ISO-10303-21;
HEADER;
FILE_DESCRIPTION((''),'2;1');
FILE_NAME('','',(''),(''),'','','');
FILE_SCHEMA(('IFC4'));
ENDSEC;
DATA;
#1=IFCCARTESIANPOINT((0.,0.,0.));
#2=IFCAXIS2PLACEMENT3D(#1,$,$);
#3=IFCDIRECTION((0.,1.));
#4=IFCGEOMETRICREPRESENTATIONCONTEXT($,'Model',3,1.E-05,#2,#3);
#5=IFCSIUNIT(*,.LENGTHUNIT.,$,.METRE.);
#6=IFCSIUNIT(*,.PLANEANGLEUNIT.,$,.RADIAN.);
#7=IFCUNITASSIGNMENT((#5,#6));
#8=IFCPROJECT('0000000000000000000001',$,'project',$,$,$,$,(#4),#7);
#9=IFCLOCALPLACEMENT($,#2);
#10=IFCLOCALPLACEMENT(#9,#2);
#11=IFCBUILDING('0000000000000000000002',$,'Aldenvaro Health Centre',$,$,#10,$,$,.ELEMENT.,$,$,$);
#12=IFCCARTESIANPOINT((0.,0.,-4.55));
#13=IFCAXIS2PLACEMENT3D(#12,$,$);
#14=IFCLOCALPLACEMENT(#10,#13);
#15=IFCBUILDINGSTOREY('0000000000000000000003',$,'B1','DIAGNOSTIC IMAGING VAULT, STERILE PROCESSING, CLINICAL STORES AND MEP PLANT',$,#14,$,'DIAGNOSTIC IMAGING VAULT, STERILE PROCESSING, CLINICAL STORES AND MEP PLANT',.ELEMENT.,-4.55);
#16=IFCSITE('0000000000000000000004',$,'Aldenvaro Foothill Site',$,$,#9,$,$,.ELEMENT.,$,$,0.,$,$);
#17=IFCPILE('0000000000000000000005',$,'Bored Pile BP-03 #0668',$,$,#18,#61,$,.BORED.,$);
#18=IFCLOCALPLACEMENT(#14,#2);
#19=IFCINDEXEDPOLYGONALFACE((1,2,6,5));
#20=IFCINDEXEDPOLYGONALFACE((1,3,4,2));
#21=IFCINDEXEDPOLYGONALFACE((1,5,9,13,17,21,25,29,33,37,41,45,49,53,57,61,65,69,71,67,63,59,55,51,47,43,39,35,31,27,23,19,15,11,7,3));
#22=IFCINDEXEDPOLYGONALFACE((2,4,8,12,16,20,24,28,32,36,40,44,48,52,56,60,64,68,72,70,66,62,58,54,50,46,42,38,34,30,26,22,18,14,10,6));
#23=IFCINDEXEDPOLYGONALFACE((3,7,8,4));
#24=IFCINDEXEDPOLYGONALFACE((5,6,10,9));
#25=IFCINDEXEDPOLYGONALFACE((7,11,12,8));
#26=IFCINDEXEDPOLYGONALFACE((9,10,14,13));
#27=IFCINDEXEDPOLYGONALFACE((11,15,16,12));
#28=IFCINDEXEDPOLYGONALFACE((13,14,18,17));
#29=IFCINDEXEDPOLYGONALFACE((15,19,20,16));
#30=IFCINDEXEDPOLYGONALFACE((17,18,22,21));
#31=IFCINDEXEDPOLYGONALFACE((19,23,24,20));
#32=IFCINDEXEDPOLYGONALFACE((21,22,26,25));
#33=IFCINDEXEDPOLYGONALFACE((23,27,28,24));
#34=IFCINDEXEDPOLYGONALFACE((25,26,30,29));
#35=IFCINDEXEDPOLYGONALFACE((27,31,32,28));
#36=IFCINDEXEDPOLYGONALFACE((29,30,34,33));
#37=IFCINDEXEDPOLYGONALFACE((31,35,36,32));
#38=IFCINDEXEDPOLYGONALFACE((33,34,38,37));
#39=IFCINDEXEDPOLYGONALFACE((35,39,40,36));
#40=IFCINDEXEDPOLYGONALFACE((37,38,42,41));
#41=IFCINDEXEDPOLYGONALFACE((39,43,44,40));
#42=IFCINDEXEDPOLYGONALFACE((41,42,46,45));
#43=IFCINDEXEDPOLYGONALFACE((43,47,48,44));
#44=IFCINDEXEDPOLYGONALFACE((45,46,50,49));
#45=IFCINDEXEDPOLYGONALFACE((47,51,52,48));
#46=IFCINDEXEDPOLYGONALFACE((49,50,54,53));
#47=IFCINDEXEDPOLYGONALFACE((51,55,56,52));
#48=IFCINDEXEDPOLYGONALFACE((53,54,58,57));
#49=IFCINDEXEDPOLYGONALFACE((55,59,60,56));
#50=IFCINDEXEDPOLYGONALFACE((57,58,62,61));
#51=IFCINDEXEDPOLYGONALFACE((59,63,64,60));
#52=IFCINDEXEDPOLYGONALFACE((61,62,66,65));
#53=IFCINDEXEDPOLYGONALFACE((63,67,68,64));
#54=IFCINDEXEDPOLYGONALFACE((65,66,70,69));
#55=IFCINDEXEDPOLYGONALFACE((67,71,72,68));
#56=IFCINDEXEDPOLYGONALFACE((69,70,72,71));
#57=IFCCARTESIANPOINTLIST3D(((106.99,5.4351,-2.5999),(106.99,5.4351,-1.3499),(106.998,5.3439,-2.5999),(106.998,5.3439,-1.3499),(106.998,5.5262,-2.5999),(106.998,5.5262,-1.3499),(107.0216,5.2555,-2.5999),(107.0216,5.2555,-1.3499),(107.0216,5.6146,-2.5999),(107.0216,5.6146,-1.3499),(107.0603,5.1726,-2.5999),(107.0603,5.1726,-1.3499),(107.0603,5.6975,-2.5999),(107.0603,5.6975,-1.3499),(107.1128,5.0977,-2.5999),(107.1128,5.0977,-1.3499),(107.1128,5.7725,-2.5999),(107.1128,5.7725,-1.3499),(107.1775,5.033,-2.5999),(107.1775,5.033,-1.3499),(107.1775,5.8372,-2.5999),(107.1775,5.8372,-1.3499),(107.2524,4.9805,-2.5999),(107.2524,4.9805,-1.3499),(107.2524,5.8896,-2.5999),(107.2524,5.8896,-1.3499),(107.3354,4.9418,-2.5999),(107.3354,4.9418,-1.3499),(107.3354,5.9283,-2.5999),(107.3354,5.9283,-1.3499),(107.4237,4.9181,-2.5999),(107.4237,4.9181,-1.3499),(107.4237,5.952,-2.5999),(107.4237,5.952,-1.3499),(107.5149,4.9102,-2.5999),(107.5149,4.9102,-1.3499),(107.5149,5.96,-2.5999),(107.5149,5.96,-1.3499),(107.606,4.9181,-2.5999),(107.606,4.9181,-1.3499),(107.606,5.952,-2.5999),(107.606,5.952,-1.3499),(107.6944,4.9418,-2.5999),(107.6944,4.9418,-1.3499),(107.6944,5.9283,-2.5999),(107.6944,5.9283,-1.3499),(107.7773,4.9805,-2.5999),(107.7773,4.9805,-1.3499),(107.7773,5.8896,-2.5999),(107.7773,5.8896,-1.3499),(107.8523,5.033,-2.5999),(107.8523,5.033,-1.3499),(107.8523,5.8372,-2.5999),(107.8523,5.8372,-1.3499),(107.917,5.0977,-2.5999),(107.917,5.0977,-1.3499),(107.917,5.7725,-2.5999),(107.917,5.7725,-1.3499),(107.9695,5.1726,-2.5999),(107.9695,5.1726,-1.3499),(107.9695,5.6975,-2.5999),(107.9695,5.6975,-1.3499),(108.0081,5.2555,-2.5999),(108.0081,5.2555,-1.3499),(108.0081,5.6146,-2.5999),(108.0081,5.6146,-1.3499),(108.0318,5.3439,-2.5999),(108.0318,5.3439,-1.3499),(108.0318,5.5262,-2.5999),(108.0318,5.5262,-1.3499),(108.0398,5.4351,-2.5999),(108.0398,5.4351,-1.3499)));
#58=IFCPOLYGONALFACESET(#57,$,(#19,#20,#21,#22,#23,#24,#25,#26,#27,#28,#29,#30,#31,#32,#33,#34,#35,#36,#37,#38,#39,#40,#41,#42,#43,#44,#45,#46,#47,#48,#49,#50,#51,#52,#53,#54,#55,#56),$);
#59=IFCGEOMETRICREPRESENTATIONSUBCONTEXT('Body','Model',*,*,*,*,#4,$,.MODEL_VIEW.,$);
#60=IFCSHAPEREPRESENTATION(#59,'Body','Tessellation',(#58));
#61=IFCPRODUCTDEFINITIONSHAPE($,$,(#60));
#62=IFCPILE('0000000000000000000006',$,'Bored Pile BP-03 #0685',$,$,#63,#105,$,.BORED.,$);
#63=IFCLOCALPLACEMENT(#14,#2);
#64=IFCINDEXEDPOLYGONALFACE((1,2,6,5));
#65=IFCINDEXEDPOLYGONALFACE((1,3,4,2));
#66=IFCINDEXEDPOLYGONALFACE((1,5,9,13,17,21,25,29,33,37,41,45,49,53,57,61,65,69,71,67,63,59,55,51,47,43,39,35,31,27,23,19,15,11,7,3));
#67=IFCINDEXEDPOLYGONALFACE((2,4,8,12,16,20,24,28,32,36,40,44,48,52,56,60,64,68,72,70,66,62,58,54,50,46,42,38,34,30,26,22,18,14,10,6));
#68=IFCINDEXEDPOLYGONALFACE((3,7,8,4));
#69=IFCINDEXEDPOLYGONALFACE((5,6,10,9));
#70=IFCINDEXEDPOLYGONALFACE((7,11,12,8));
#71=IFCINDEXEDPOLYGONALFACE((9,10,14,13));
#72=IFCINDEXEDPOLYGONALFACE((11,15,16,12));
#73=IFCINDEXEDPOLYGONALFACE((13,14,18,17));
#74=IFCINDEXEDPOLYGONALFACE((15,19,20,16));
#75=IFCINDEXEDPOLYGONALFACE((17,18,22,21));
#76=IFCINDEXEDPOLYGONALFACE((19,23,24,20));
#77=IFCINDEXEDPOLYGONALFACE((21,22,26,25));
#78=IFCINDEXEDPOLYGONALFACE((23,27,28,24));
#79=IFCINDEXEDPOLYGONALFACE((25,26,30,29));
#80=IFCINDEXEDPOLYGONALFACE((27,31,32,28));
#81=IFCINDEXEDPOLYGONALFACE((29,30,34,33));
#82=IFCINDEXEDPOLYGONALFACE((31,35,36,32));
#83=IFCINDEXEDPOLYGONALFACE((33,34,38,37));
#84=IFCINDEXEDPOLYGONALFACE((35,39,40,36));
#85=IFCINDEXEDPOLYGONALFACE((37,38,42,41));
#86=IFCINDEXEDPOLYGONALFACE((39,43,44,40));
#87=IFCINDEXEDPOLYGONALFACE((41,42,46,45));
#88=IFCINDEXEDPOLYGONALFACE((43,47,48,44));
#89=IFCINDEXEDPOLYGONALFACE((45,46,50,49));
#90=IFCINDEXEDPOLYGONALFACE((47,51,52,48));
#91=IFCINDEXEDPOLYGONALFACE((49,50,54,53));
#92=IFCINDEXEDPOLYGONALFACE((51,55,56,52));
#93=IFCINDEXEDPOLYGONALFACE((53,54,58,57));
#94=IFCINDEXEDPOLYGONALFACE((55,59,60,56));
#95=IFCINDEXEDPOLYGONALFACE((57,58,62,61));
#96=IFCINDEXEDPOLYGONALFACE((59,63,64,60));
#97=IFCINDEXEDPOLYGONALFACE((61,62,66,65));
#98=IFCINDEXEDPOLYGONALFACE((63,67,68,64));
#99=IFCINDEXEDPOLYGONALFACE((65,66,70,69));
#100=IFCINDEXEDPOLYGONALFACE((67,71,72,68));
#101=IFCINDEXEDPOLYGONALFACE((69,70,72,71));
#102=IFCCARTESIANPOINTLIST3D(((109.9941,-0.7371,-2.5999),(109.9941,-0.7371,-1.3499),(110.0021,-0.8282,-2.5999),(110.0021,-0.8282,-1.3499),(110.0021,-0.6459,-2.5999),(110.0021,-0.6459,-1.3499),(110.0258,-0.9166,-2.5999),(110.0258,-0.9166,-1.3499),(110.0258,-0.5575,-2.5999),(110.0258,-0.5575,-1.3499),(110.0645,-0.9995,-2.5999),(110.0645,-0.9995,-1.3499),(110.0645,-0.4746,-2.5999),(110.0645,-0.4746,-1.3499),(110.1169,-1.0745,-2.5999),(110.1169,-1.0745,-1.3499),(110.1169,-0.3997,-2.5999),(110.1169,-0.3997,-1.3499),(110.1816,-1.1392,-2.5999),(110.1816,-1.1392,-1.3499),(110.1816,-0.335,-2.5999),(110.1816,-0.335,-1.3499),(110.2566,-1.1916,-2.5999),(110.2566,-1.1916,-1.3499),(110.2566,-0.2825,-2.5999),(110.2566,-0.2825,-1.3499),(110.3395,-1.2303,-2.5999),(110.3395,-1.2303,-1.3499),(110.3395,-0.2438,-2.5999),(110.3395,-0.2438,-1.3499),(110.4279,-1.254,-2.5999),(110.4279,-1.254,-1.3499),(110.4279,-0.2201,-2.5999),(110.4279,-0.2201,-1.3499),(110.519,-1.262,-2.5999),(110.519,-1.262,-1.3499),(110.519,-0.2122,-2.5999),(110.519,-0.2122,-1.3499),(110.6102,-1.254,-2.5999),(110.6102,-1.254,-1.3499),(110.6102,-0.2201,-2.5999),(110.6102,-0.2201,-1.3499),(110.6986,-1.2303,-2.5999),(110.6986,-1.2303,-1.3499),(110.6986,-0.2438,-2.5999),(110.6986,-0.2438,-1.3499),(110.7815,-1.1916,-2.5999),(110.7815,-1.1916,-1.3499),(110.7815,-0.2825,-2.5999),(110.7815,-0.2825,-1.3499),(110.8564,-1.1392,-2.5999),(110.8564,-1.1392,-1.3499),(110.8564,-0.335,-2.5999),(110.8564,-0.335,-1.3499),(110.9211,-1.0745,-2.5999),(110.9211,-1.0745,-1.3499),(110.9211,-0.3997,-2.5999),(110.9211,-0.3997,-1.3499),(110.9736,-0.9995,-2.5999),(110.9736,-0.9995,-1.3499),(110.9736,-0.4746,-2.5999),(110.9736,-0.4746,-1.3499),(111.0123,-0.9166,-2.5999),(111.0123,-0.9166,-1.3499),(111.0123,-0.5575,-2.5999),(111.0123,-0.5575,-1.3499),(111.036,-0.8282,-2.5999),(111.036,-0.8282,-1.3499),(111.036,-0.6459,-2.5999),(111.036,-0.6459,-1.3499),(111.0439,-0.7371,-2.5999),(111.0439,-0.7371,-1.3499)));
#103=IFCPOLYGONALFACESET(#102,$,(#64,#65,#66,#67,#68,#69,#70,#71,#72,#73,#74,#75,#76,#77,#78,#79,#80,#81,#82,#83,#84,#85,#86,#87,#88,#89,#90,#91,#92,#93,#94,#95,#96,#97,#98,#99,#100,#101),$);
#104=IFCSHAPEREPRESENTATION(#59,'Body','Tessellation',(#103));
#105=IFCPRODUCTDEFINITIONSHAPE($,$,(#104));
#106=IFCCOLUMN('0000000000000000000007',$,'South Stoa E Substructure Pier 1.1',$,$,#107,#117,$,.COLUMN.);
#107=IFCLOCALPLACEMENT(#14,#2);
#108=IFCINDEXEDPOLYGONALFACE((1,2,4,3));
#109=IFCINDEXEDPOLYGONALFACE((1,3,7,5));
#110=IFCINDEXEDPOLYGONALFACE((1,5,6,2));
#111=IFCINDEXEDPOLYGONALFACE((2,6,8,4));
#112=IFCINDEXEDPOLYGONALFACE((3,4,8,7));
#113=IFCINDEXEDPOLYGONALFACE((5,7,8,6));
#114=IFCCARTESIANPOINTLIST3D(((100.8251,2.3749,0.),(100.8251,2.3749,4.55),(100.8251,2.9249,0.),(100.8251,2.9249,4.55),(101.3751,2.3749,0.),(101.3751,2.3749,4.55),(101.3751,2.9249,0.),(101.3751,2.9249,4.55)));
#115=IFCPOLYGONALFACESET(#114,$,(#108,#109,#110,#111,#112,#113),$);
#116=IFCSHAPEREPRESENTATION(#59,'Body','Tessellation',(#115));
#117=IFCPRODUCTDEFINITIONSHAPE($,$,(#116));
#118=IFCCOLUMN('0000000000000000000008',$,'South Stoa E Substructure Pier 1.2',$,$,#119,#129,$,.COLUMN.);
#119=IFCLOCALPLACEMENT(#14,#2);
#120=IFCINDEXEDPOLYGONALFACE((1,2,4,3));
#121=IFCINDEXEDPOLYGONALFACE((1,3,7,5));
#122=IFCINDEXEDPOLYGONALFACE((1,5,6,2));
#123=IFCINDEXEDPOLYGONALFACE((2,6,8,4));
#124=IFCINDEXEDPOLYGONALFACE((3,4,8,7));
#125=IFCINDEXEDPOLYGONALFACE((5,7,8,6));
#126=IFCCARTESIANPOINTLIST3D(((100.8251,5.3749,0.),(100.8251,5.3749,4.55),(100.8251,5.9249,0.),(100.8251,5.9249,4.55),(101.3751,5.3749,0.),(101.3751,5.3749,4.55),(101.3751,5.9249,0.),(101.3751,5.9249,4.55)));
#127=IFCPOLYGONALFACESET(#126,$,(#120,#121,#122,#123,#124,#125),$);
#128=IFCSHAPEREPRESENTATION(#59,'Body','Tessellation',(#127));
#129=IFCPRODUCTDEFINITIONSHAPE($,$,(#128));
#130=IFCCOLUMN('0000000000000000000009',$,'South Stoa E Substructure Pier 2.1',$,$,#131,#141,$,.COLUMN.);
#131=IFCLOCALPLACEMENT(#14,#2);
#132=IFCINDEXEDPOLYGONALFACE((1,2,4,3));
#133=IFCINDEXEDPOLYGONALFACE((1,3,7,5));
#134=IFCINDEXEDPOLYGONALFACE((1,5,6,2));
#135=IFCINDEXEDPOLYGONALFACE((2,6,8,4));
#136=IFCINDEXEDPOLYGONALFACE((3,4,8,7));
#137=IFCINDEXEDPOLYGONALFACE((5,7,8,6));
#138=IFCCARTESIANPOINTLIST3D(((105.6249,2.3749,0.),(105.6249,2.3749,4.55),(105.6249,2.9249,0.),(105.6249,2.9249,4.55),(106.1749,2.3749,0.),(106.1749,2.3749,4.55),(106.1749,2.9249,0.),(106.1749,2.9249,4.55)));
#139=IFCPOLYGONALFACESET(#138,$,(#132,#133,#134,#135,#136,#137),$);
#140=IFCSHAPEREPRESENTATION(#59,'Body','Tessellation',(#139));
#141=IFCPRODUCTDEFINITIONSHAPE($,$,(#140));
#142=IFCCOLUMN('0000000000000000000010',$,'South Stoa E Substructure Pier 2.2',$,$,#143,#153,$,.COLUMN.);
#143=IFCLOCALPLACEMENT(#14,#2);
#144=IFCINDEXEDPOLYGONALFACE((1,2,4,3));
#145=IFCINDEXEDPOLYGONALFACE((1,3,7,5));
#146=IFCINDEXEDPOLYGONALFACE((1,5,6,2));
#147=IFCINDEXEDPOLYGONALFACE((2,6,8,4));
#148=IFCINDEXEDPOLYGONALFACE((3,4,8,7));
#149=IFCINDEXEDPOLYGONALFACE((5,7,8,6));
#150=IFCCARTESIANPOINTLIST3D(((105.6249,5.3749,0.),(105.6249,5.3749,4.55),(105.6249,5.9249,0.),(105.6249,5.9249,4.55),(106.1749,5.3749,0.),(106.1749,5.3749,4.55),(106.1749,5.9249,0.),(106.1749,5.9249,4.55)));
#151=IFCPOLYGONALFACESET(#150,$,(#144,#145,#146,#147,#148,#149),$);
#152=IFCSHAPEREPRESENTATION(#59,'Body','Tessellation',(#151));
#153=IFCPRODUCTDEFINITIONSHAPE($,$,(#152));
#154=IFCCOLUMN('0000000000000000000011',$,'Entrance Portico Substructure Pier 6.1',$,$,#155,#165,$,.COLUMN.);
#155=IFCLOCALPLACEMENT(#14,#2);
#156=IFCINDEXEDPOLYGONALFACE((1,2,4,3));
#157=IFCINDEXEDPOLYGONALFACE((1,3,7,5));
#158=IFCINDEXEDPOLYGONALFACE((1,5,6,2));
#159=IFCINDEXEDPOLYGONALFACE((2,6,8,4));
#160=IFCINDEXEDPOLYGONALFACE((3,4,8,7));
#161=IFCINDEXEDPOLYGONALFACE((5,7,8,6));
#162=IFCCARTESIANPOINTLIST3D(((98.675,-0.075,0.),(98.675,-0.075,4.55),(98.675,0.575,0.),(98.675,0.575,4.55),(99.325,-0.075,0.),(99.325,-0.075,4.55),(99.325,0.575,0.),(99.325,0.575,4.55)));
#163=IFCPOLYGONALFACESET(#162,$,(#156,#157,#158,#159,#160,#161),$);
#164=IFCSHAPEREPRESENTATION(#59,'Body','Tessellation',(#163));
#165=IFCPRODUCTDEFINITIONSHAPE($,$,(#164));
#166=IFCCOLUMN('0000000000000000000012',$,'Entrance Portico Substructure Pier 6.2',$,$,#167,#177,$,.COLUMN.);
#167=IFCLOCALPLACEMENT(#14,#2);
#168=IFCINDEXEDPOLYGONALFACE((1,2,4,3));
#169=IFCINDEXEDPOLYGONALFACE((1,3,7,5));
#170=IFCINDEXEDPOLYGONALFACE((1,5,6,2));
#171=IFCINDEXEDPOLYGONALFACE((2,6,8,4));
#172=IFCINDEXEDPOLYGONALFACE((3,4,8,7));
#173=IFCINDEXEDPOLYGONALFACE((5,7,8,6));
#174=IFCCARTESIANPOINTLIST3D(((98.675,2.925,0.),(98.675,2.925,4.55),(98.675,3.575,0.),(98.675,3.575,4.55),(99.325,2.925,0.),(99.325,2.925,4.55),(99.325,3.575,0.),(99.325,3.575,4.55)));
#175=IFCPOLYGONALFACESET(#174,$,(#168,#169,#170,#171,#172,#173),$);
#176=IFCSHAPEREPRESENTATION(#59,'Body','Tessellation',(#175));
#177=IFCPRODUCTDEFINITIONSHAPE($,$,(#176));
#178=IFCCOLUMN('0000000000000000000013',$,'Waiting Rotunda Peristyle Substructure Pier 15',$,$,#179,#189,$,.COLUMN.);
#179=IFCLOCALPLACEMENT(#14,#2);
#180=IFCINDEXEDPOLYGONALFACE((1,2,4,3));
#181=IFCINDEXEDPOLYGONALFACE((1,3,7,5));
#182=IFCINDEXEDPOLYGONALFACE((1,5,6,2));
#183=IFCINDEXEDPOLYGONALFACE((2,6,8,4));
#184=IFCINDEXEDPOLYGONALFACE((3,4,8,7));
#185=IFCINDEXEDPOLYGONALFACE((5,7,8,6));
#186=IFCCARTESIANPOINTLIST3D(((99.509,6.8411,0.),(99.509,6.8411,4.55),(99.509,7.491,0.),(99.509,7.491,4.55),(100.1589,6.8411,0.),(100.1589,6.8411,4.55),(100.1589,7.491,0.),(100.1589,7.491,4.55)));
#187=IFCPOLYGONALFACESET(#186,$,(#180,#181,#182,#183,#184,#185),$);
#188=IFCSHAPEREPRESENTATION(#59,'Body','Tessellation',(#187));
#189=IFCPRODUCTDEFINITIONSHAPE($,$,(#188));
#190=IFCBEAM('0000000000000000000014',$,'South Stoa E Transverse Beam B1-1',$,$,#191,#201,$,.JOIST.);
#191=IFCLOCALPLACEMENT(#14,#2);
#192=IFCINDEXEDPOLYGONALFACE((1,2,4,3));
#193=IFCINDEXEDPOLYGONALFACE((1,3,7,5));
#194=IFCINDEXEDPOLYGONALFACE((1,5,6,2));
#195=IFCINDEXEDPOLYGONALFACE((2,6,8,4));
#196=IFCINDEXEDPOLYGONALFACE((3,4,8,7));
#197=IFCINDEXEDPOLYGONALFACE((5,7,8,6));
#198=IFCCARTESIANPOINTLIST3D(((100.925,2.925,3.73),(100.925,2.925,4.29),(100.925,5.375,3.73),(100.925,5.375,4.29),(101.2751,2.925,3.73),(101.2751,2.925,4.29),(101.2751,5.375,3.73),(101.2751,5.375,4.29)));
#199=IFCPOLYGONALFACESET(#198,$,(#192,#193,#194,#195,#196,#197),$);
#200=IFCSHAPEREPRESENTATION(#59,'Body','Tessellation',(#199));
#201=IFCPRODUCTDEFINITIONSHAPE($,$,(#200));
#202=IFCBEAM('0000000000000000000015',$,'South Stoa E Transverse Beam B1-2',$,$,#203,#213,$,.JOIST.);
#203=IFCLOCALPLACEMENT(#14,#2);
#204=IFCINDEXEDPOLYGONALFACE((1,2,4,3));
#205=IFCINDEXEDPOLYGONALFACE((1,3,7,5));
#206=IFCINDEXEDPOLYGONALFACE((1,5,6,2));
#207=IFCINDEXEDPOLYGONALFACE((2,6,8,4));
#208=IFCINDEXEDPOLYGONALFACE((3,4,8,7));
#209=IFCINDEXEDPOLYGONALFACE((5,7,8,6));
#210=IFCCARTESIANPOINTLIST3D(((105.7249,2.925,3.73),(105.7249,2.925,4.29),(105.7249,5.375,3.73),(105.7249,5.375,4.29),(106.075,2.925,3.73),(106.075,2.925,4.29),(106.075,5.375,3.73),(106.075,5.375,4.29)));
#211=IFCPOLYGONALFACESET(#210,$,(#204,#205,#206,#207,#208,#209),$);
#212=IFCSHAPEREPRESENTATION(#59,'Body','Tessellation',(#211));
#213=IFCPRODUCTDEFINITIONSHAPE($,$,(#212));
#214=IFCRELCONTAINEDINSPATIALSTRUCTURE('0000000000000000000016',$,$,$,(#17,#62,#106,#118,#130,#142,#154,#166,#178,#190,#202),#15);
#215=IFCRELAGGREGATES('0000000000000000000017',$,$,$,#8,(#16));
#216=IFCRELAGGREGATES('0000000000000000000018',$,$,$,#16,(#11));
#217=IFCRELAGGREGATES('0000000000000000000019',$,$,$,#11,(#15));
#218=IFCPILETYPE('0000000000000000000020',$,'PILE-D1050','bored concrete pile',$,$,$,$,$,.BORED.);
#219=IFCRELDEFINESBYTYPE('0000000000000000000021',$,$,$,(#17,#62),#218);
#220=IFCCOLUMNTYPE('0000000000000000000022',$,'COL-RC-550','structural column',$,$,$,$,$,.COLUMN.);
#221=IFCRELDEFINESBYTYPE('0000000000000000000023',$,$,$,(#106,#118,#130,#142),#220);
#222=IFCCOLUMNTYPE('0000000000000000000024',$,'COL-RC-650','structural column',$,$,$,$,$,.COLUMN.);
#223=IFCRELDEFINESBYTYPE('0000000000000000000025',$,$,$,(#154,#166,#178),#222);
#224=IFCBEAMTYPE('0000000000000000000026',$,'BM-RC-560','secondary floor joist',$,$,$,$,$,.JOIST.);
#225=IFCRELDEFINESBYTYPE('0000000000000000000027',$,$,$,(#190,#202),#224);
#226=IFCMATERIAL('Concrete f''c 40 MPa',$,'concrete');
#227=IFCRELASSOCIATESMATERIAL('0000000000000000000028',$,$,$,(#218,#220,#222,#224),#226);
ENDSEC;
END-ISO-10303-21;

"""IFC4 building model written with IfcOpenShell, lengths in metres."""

from ifc_helpers import new_model, si_unit, direction, frame, origin, origin_2d, place, context, subcontext, project, spatial, rectangle, circle, extrude, material, material_profile, profile_set, type_object, element, save


model = new_model("IFC4")

# Units and contexts
model_context = context("Model", 3, precision=1e-05, world=origin(), true_north=direction((0.0, 1.0)))
body_context = subcontext(model_context, "Body", "Model", "MODEL_VIEW")
ifc_project = project(units=[si_unit("LENGTHUNIT", "METRE"), si_unit("PLANEANGLEUNIT", "RADIAN")], contexts=[model_context])

# Site, building, storey
site_placement = place(None, origin())
site = spatial("IfcSite", under=ifc_project, at=site_placement, Name="Aldenvaro Foothill Site", CompositionType="ELEMENT", RefElevation=0.0)
building_placement = place(site_placement, origin())
building = spatial("IfcBuilding", under=site, at=building_placement, Name="Aldenvaro Health Centre", CompositionType="ELEMENT")
storey_placement = place(building_placement, frame((0.0, 0.0, -4.55)))
storey = spatial("IfcBuildingStorey", under=building, at=storey_placement, Name="B1", Description="DIAGNOSTIC IMAGING VAULT, STERILE PROCESSING, CLINICAL STORES AND MEP PLANT", LongName="DIAGNOSTIC IMAGING VAULT, STERILE PROCESSING, CLINICAL STORES AND MEP PLANT", CompositionType="ELEMENT", Elevation=-4.55)

# Piles
ifc_material = material(Name="Concrete f'c 40 MPa", Category="concrete")
ifc_material_profile_1 = material_profile(ifc_material, circle(Radius=0.5249, at=origin_2d()), Name="PILE D1050", Category="concrete")
ifc_profile_set_1 = profile_set([ifc_material_profile_1], Name="Concrete f'c 40 MPa")
pile_type = type_object("IfcPileType", Name="PILE-D1050", Description="bored concrete pile", PredefinedType="BORED", material=ifc_profile_set_1)
for number, where, z_axis, x_axis, name in (
    (1, (107.5149, 5.4351, -1.3499), (0.0, 0.0, -1.0), (1.0, 0.0, 0.0), "Bored Pile BP-03 #0668"),
    (2, (110.519, -0.7371, -1.3499), (0.0, 0.0, -1.0), (1.0, 0.0, 0.0), "Bored Pile BP-03 #0685"),
):
    element("IfcPile", number, at=place(storey_placement, frame(where, z_axis=z_axis, x_axis=x_axis)), inside=storey, type_object=pile_type, Name=name, PredefinedType="BORED", context=body_context, shape_type="SweptSolid", body=[
        extrude(circle(Radius=0.5249, at=origin_2d()), origin(), (0.0, 0.0, 1.0), 1.25),
    ])

# Columns
ifc_material_profile_2 = material_profile(ifc_material, rectangle(XDim=0.55, YDim=0.55, at=origin_2d()), Name="RC 550x550", Category="concrete")
ifc_profile_set_2 = profile_set([ifc_material_profile_2], Name="Concrete f'c 40 MPa")
column_type_1 = type_object("IfcColumnType", Name="COL-RC-550", Description="structural column", PredefinedType="COLUMN", material=ifc_profile_set_2)
for number, where, z_axis, x_axis, name in (
    (3, (101.1001, 2.6499, 0.0), (0.0, 0.0, 1.0), (1.0, 0.0, 0.0), "South Stoa E Substructure Pier 1.1"),
    (4, (101.1001, 5.6499, 0.0), (0.0, 0.0, 1.0), (1.0, 0.0, 0.0), "South Stoa E Substructure Pier 1.2"),
    (5, (105.8999, 2.6499, 0.0), (0.0, 0.0, 1.0), (1.0, 0.0, 0.0), "South Stoa E Substructure Pier 2.1"),
    (6, (105.8999, 5.6499, 0.0), (0.0, 0.0, 1.0), (1.0, 0.0, 0.0), "South Stoa E Substructure Pier 2.2"),
):
    element("IfcColumn", number, at=place(storey_placement, frame(where, z_axis=z_axis, x_axis=x_axis)), inside=storey, type_object=column_type_1, Name=name, PredefinedType="COLUMN", context=body_context, shape_type="SweptSolid", body=[
        extrude(rectangle(XDim=0.55, YDim=0.55, at=origin_2d()), origin(), (0.0, 0.0, 1.0), 4.55),
    ])
ifc_material_profile_3 = material_profile(ifc_material, rectangle(XDim=0.6499, YDim=0.6499, at=origin_2d()), Name="RC 650x650", Category="concrete")
ifc_profile_set_3 = profile_set([ifc_material_profile_3], Name="Concrete f'c 40 MPa")
column_type_2 = type_object("IfcColumnType", Name="COL-RC-650", Description="structural column", PredefinedType="COLUMN", material=ifc_profile_set_3)
for number, where, z_axis, x_axis, name in (
    (7, (99.0, 0.25, 0.0), (0.0, 0.0, 1.0), (1.0, 0.0, 0.0), "Entrance Portico Substructure Pier 6.1"),
    (8, (99.0, 3.25, 0.0), (0.0, 0.0, 1.0), (1.0, 0.0, 0.0), "Entrance Portico Substructure Pier 6.2"),
    (9, (99.834, 7.166, 0.0), (0.0, 0.0, 1.0), (1.0, 0.0, 0.0), "Waiting Rotunda Peristyle Substructure Pier 15"),
):
    element("IfcColumn", number, at=place(storey_placement, frame(where, z_axis=z_axis, x_axis=x_axis)), inside=storey, type_object=column_type_2, Name=name, PredefinedType="COLUMN", context=body_context, shape_type="SweptSolid", body=[
        extrude(rectangle(XDim=0.6499, YDim=0.6499, at=origin_2d()), origin(), (0.0, 0.0, 1.0), 4.55),
    ])

# Beams
ifc_material_profile_4 = material_profile(ifc_material, rectangle(XDim=0.3501, YDim=0.5601, at=origin_2d()), Name="RC 350x560", Category="concrete")
ifc_profile_set_4 = profile_set([ifc_material_profile_4], Name="Concrete f'c 40 MPa")
beam_type_1 = type_object("IfcBeamType", Name="BM-RC-560", Description="secondary floor joist", PredefinedType="JOIST", material=ifc_profile_set_4)
for number, where, z_axis, x_axis, name in (
    (10, (101.1001, 2.925, 4.01), (0.0, 1.0, 0.0), (-1.0, 0.0, 0.0), "South Stoa E Transverse Beam B1-1"),
    (11, (105.8999, 2.925, 4.01), (0.0, 1.0, 0.0), (-1.0, 0.0, 0.0), "South Stoa E Transverse Beam B1-2"),
):
    element("IfcBeam", number, at=place(storey_placement, frame(where, z_axis=z_axis, x_axis=x_axis)), inside=storey, type_object=beam_type_1, Name=name, PredefinedType="JOIST", context=body_context, shape_type="SweptSolid", body=[
        extrude(rectangle(XDim=0.3501, YDim=0.5601, at=origin_2d()), origin(), (0.0, 0.0, 1.0), 2.45),
    ])

save(model, "model.ifc")
